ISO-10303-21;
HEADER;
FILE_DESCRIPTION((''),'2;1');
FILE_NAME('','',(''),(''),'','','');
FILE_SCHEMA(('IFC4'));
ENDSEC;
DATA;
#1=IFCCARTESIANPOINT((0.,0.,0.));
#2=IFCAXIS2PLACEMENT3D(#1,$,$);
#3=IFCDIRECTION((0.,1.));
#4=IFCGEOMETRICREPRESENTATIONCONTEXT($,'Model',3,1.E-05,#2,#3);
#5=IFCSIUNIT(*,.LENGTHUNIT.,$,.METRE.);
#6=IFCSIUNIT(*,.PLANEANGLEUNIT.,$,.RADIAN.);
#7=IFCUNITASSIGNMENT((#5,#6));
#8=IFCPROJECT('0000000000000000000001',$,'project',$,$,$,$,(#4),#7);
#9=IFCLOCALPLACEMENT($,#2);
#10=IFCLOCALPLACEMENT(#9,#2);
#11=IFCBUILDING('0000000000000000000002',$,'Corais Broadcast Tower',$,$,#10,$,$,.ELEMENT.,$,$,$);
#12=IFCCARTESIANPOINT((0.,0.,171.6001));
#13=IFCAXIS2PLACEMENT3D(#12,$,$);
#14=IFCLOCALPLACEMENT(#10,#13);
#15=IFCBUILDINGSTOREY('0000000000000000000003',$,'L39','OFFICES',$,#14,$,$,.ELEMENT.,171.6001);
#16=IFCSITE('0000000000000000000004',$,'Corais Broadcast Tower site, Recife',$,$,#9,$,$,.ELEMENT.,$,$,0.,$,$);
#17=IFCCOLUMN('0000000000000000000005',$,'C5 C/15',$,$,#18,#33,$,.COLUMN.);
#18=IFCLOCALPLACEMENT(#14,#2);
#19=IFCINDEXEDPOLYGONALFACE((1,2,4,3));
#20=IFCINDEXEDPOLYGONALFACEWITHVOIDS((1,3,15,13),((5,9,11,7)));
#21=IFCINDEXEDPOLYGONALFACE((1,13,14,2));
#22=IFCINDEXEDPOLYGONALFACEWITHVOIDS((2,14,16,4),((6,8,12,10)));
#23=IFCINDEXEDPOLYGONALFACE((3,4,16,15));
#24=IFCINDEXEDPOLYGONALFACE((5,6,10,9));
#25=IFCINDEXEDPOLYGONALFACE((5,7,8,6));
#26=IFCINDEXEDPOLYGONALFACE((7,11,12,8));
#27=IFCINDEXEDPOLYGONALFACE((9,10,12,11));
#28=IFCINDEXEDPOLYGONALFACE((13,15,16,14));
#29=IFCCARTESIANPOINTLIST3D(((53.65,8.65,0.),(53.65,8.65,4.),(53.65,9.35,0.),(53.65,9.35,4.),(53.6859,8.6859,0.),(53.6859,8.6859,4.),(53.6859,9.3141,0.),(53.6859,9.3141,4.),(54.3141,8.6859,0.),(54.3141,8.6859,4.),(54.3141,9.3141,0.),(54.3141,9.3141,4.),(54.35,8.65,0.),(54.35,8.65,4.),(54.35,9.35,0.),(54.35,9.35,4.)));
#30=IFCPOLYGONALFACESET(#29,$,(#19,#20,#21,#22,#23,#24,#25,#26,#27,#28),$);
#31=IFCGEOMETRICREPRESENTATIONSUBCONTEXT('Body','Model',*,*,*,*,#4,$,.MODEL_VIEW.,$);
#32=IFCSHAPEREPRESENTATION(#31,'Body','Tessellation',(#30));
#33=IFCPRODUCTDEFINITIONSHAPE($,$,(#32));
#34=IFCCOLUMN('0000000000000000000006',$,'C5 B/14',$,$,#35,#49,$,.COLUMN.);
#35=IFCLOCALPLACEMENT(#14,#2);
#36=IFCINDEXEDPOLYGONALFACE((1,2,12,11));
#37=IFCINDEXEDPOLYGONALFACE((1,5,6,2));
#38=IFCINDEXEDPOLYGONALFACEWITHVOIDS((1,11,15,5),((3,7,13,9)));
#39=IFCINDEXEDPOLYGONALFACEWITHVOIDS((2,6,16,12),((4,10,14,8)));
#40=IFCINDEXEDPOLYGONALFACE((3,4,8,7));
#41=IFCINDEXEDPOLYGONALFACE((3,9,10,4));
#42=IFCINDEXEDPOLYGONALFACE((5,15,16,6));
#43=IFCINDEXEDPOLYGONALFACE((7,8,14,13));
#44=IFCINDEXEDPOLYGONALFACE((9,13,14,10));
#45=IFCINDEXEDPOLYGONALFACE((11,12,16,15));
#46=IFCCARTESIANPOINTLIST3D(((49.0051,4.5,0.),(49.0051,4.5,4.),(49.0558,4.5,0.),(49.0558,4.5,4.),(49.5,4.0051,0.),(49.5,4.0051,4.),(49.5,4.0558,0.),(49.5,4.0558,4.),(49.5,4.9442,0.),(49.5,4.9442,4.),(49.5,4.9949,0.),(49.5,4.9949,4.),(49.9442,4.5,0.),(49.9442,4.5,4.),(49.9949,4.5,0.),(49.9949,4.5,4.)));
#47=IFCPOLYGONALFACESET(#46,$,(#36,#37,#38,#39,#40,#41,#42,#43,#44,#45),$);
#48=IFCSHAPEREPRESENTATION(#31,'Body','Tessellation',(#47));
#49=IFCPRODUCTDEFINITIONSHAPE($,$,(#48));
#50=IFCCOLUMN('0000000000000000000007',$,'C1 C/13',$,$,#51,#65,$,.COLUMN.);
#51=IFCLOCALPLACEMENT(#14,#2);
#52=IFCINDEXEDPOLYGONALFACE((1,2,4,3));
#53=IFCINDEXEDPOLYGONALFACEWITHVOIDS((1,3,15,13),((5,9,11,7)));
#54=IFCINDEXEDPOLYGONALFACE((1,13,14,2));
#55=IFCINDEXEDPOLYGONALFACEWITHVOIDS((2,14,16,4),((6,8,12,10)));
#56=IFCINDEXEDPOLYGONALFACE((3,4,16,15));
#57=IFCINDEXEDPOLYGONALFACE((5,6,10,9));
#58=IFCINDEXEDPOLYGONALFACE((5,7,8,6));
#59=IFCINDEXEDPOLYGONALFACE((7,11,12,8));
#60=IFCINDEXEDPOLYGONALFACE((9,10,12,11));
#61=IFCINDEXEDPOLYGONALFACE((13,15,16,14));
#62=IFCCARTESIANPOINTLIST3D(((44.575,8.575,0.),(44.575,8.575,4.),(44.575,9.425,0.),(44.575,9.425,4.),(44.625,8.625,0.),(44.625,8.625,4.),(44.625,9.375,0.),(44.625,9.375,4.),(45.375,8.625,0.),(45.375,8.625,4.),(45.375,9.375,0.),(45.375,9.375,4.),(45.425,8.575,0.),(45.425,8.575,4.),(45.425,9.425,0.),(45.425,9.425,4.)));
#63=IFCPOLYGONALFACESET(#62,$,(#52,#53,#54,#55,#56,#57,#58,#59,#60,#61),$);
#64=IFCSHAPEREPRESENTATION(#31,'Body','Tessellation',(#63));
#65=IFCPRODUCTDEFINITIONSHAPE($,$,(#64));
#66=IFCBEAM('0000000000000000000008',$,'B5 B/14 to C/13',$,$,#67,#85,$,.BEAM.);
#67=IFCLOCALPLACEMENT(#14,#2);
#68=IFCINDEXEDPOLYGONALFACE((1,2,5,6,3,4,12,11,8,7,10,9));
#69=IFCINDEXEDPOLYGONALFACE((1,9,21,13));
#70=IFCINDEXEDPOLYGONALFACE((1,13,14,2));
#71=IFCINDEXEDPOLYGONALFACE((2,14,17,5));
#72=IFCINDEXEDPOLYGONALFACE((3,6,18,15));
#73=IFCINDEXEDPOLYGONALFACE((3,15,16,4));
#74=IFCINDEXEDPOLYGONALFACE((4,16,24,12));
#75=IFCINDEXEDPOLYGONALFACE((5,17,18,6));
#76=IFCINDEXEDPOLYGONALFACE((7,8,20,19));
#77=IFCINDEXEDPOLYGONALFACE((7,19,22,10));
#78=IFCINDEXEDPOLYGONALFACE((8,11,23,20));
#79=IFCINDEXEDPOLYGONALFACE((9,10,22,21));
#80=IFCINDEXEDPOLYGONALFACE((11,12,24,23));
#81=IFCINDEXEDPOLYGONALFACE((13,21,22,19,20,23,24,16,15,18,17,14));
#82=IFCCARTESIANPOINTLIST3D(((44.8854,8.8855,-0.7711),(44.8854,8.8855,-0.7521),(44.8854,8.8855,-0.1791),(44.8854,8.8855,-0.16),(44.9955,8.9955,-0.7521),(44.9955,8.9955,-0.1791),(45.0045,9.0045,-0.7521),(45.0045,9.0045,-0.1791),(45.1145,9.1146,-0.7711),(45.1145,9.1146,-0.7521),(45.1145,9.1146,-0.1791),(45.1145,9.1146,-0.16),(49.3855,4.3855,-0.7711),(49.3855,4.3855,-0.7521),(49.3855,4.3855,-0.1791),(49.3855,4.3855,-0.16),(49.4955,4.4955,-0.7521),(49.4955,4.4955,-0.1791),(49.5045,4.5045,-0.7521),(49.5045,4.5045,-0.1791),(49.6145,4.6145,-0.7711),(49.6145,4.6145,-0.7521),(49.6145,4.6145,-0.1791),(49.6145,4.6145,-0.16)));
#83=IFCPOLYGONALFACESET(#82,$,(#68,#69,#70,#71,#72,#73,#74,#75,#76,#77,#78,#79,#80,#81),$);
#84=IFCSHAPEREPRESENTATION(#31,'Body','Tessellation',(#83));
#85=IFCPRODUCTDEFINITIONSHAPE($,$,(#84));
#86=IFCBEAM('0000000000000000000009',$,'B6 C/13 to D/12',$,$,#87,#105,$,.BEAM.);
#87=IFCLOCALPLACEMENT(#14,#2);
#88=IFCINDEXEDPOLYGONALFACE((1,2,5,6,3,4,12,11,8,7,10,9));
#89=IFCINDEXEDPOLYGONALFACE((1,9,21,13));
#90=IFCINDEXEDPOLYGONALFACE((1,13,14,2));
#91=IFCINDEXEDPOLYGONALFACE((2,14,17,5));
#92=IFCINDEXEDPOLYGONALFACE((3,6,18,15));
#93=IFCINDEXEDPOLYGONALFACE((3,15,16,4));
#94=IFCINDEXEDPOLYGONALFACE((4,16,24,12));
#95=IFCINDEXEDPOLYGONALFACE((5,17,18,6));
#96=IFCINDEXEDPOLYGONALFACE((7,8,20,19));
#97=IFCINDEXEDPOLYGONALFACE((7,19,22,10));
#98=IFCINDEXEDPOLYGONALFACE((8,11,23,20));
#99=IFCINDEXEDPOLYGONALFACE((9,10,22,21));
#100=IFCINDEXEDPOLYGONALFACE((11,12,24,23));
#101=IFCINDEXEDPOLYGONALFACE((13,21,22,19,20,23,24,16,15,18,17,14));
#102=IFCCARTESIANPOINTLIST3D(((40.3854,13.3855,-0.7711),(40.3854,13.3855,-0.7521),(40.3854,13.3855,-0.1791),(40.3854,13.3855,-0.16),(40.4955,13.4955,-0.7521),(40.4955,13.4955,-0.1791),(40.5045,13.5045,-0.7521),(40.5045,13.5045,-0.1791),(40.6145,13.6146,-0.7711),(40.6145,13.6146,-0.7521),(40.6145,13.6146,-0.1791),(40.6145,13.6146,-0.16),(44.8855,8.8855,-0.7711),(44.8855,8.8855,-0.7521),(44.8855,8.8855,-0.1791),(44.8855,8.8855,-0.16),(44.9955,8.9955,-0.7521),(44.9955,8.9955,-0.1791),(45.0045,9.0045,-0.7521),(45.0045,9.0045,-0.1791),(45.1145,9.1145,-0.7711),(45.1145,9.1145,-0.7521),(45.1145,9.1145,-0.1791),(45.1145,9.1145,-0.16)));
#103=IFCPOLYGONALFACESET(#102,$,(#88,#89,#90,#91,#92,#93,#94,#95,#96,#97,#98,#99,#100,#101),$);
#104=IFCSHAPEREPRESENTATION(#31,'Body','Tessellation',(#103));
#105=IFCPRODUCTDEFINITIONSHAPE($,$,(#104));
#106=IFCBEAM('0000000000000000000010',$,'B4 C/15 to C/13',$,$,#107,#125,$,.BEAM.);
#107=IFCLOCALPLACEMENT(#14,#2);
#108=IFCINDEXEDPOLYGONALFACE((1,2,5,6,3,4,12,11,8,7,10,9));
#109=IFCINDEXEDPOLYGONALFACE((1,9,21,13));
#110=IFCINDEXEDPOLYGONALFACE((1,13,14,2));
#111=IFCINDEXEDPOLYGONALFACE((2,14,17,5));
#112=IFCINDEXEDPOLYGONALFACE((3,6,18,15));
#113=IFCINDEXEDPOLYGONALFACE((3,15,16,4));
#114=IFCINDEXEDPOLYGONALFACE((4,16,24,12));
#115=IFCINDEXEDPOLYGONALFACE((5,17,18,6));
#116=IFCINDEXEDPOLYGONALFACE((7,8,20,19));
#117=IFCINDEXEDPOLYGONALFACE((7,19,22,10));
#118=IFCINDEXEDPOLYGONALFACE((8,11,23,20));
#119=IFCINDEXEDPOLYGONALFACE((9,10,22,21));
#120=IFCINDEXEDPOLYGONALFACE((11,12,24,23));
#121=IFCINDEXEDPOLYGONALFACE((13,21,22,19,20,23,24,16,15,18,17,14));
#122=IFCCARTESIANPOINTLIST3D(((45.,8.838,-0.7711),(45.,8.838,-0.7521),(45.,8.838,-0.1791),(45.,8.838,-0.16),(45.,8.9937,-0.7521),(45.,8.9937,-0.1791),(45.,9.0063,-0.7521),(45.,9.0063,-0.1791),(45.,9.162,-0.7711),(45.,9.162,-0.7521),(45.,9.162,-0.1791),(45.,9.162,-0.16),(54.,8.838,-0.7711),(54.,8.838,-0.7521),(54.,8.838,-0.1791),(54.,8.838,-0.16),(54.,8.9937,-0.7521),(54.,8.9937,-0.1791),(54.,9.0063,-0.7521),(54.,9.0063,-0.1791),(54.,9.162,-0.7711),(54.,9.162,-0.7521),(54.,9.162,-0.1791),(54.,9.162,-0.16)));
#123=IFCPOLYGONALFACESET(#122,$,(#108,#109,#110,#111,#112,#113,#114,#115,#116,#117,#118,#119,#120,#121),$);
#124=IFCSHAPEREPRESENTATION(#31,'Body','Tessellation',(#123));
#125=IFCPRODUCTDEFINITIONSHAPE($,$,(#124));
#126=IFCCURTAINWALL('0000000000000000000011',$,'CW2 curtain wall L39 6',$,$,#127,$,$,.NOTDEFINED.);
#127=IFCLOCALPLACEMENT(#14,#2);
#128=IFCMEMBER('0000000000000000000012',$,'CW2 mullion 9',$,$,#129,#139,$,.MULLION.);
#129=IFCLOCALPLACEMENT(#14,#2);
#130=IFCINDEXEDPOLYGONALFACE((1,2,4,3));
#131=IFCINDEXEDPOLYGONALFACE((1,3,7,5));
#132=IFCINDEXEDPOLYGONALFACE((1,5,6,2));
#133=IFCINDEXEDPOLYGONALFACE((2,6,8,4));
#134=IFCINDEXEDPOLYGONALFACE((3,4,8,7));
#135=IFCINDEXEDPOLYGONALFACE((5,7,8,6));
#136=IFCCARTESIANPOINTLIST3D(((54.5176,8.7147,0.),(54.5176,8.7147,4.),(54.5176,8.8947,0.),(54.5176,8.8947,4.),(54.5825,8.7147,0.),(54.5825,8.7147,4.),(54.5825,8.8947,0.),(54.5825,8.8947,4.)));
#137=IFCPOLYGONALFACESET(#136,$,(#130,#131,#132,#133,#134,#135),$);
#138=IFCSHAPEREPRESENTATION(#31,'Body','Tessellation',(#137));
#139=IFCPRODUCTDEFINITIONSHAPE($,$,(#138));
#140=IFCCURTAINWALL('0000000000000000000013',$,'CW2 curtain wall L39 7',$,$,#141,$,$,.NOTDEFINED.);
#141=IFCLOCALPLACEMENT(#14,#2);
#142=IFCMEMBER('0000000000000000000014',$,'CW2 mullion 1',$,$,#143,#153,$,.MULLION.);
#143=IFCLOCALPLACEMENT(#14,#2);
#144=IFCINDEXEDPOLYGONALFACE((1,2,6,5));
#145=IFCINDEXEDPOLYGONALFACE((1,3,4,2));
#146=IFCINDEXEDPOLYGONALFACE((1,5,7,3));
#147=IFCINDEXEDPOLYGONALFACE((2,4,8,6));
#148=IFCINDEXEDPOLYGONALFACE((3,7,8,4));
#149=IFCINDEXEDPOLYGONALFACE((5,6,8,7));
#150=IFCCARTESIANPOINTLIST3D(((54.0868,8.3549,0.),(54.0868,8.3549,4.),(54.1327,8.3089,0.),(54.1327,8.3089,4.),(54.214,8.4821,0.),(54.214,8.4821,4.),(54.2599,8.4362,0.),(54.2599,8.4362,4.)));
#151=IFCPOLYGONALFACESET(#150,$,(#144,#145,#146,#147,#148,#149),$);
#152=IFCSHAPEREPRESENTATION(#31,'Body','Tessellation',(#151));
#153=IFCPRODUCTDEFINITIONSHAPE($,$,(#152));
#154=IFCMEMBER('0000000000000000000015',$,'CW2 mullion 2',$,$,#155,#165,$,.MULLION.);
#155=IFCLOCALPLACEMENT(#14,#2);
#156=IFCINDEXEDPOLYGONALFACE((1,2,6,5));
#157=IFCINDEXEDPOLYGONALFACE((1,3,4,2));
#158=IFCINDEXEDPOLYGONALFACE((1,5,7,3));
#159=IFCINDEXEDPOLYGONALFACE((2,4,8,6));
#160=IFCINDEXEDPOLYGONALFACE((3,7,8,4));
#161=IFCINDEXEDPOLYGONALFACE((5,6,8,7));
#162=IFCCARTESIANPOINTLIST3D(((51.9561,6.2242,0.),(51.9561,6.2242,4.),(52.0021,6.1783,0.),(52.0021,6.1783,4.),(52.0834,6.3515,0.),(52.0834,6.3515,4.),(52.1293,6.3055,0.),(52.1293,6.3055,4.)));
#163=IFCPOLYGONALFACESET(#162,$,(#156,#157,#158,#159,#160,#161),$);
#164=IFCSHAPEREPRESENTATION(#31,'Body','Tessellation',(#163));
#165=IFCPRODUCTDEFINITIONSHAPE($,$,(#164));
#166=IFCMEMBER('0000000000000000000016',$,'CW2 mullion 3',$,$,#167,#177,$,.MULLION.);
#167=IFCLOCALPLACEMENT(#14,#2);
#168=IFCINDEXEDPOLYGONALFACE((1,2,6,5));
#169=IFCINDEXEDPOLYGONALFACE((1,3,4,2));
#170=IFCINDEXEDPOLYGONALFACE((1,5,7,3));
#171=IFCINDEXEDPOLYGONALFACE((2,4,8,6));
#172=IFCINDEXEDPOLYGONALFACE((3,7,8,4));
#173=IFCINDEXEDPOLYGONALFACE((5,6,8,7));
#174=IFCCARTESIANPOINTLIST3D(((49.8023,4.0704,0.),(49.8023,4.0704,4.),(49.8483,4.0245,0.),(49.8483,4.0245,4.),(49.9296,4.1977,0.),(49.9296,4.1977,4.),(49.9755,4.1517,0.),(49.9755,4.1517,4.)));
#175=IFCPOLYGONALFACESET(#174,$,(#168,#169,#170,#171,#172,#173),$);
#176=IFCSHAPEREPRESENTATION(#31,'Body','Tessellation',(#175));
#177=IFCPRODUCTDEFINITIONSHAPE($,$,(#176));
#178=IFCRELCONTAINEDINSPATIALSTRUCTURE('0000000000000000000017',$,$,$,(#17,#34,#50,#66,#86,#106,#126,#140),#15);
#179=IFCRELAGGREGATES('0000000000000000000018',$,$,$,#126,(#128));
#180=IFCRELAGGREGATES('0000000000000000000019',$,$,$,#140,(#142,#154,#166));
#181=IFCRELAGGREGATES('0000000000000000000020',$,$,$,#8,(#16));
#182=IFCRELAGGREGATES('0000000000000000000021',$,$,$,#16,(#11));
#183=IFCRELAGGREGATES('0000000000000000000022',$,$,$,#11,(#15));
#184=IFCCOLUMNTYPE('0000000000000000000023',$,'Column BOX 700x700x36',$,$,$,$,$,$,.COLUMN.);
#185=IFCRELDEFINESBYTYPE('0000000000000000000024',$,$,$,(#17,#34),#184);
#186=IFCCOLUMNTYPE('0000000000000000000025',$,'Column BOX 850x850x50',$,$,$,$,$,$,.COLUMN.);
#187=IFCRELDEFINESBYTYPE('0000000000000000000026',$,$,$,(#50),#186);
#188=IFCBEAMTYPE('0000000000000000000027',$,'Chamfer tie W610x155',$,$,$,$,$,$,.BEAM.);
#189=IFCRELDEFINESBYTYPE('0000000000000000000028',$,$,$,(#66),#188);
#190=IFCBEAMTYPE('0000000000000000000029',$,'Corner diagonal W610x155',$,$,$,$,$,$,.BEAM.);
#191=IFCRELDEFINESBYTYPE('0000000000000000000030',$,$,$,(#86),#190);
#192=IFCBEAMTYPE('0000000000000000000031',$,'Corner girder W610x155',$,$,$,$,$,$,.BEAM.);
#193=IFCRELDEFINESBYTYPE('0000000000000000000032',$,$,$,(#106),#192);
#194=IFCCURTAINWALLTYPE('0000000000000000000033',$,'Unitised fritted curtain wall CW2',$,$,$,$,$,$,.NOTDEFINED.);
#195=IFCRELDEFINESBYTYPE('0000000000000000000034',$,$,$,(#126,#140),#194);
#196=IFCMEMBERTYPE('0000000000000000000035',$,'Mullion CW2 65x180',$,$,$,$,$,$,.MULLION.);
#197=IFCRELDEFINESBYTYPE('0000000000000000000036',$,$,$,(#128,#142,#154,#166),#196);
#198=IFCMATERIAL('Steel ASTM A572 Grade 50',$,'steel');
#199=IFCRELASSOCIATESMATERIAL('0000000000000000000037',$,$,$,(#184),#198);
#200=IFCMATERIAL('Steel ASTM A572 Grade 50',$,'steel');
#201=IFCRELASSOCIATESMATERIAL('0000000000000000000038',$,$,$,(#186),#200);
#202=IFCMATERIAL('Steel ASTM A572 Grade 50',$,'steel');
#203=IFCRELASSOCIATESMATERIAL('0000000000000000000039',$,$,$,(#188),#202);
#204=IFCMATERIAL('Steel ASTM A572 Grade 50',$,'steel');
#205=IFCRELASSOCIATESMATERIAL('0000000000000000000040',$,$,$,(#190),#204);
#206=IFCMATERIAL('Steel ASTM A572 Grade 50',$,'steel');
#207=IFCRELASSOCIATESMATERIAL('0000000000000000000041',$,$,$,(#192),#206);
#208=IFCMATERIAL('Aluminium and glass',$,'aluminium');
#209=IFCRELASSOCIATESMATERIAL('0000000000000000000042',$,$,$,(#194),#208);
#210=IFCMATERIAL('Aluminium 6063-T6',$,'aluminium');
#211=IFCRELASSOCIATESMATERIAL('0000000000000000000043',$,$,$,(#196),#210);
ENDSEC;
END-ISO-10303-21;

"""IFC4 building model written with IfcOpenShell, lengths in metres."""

from ifc_helpers import new_model, si_unit, direction, frame, origin, origin_2d, place, context, subcontext, project, spatial, rectangle, hollow_rectangle, i_section, extrude, material, material_profile, profile_set, type_object, element, aggregate, save


model = new_model("IFC4")

# Units and contexts
model_context = context("Model", 3, precision=1e-05, world=origin(), true_north=direction((0.0, 1.0)))
body_context = subcontext(model_context, "Body", "Model", "MODEL_VIEW")
ifc_project = project(units=[si_unit("LENGTHUNIT", "METRE"), si_unit("PLANEANGLEUNIT", "RADIAN")], contexts=[model_context])

# Site, building, storey
site_placement = place(None, origin())
site = spatial("IfcSite", under=ifc_project, at=site_placement, Name="Corais Broadcast Tower site, Recife", CompositionType="ELEMENT", RefElevation=0.0)
building_placement = place(site_placement, origin())
building = spatial("IfcBuilding", under=site, at=building_placement, Name="Corais Broadcast Tower", CompositionType="ELEMENT")
storey_placement = place(building_placement, frame((0.0, 0.0, 171.6001)))
storey = spatial("IfcBuildingStorey", under=building, at=storey_placement, Name="L39", Description="OFFICES", CompositionType="ELEMENT", Elevation=171.6001)

# Columns
ifc_material_1 = material(Name="Steel ASTM A572 Grade 50", Category="steel")
ifc_material_profile_1 = material_profile(ifc_material_1, hollow_rectangle(XDim=0.7, YDim=0.7, WallThickness=0.0359, at=origin_2d()), Name="BOX 700x700x36")
ifc_profile_set_1 = profile_set([ifc_material_profile_1], Name="Steel ASTM A572 Grade 50")
column_type_1 = type_object("IfcColumnType", Name="Column BOX 700x700x36", PredefinedType="COLUMN", material=ifc_profile_set_1)
for number, where, z_axis, x_axis, name in (
    (1, (54.0, 9.0, 0.0), (0.0, 0.0, 1.0), (1.0, 0.0, 0.0), "C5 C/15"),
    (2, (49.5, 4.5, 0.0), (0.0, 0.0, 1.0), (0.707107, 0.707107, 0.0), "C5 B/14"),
):
    element("IfcColumn", number, at=place(storey_placement, frame(where, z_axis=z_axis, x_axis=x_axis)), inside=storey, type_object=column_type_1, Name=name, PredefinedType="COLUMN", context=body_context, shape_type="SweptSolid", body=[
        extrude(hollow_rectangle(XDim=0.7, YDim=0.7, WallThickness=0.0359, at=origin_2d()), origin(), (0.0, 0.0, 1.0), 4.0),
    ])
ifc_material_2 = material(Name="Steel ASTM A572 Grade 50", Category="steel")
ifc_material_profile_2 = material_profile(ifc_material_2, hollow_rectangle(XDim=0.8501, YDim=0.8501, WallThickness=0.05, at=origin_2d()), Name="BOX 850x850x50")
ifc_profile_set_2 = profile_set([ifc_material_profile_2], Name="Steel ASTM A572 Grade 50")
column_type_2 = type_object("IfcColumnType", Name="Column BOX 850x850x50", PredefinedType="COLUMN", material=ifc_profile_set_2)
column_placement = place(storey_placement, frame((45.0, 9.0, 0.0), z_axis=(0.0, 0.0, 1.0), x_axis=(1.0, 0.0, 0.0)))
element("IfcColumn", 3, at=column_placement, inside=storey, type_object=column_type_2, Name="C1 C/13", PredefinedType="COLUMN", context=body_context, shape_type="SweptSolid", body=[
    extrude(hollow_rectangle(XDim=0.8501, YDim=0.8501, WallThickness=0.05, at=origin_2d()), origin(), (0.0, 0.0, 1.0), 4.0),
])

# Beams
ifc_material_3 = material(Name="Steel ASTM A572 Grade 50", Category="steel")
ifc_material_profile_3 = material_profile(ifc_material_3, i_section(OverallWidth=0.324, OverallDepth=0.6111, WebThickness=0.0127, FlangeThickness=0.019, at=origin_2d()), Name="W610x155")
ifc_profile_set_3 = profile_set([ifc_material_profile_3], Name="Steel ASTM A572 Grade 50")
beam_type_1 = type_object("IfcBeamType", Name="Chamfer tie W610x155", PredefinedType="BEAM", material=ifc_profile_set_3)
beam_1_placement = place(storey_placement, frame((49.5, 4.5, -0.4656), z_axis=(-0.707107, 0.707107, 0.0), x_axis=(-0.707107, -0.707107, 0.0)))
element("IfcBeam", 4, at=beam_1_placement, inside=storey, type_object=beam_type_1, Name="B5 B/14 to C/13", PredefinedType="BEAM", context=body_context, shape_type="SweptSolid", body=[
    extrude(i_section(OverallWidth=0.324, OverallDepth=0.6111, WebThickness=0.0127, FlangeThickness=0.019, at=origin_2d()), origin(), (0.0, 0.0, 1.0), 6.364),
])
ifc_material_4 = material(Name="Steel ASTM A572 Grade 50", Category="steel")
ifc_material_profile_4 = material_profile(ifc_material_4, i_section(OverallWidth=0.324, OverallDepth=0.6111, WebThickness=0.0127, FlangeThickness=0.019, at=origin_2d()), Name="W610x155")
ifc_profile_set_4 = profile_set([ifc_material_profile_4], Name="Steel ASTM A572 Grade 50")
beam_type_2 = type_object("IfcBeamType", Name="Corner diagonal W610x155", PredefinedType="BEAM", material=ifc_profile_set_4)
beam_2_placement = place(storey_placement, frame((45.0, 9.0, -0.4656), z_axis=(-0.707107, 0.707107, 0.0), x_axis=(-0.707107, -0.707107, 0.0)))
element("IfcBeam", 5, at=beam_2_placement, inside=storey, type_object=beam_type_2, Name="B6 C/13 to D/12", PredefinedType="BEAM", context=body_context, shape_type="SweptSolid", body=[
    extrude(i_section(OverallWidth=0.324, OverallDepth=0.6111, WebThickness=0.0127, FlangeThickness=0.019, at=origin_2d()), origin(), (0.0, 0.0, 1.0), 6.364),
])
ifc_material_5 = material(Name="Steel ASTM A572 Grade 50", Category="steel")
ifc_material_profile_5 = material_profile(ifc_material_5, i_section(OverallWidth=0.324, OverallDepth=0.6111, WebThickness=0.0127, FlangeThickness=0.019, at=origin_2d()), Name="W610x155")
ifc_profile_set_5 = profile_set([ifc_material_profile_5], Name="Steel ASTM A572 Grade 50")
beam_type_3 = type_object("IfcBeamType", Name="Corner girder W610x155", PredefinedType="BEAM", material=ifc_profile_set_5)
beam_3_placement = place(storey_placement, frame((54.0, 9.0, -0.4656), z_axis=(-1.0, 0.0, 0.0), x_axis=(0.0, -1.0, 0.0)))
element("IfcBeam", 6, at=beam_3_placement, inside=storey, type_object=beam_type_3, Name="B4 C/15 to C/13", PredefinedType="BEAM", context=body_context, shape_type="SweptSolid", body=[
    extrude(i_section(OverallWidth=0.324, OverallDepth=0.6111, WebThickness=0.0127, FlangeThickness=0.019, at=origin_2d()), origin(), (0.0, 0.0, 1.0), 9.0),
])

# Curtain wall, member
ifc_material_6 = material(Name="Aluminium and glass", Category="aluminium")
curtain_wall_type = type_object("IfcCurtainWallType", Name="Unitised fritted curtain wall CW2", PredefinedType="NOTDEFINED", material=ifc_material_6)
curtain_wall_1_placement = place(storey_placement, origin())
curtain_wall_1 = element("IfcCurtainWall", 7, at=curtain_wall_1_placement, inside=storey, type_object=curtain_wall_type, Name="CW2 curtain wall L39 6", PredefinedType="NOTDEFINED")
ifc_material_7 = material(Name="Aluminium 6063-T6", Category="aluminium")
ifc_material_profile_6 = material_profile(ifc_material_7, rectangle(XDim=0.0649, YDim=0.1799, at=origin_2d()), Name="Mullion CW2 65x180")
ifc_profile_set_6 = profile_set([ifc_material_profile_6], Name="Aluminium 6063-T6")
member_type_1 = type_object("IfcMemberType", Name="Mullion CW2 65x180", PredefinedType="MULLION", material=ifc_profile_set_6)
member_1_placement = place(storey_placement, frame((54.55, 8.8047, 0.0), z_axis=(0.0, 0.0, 1.0), x_axis=(1.0, 0.0, 0.0)))
member_1 = element("IfcMember", 8, at=member_1_placement, type_object=member_type_1, Name="CW2 mullion 9", PredefinedType="MULLION", context=body_context, shape_type="SweptSolid", body=[
    extrude(rectangle(XDim=0.0649, YDim=0.1799, at=origin_2d()), origin(), (0.0, 0.0, 1.0), 4.0),
])
aggregate(curtain_wall_1, [member_1])

# Curtain wall, members
curtain_wall_2_placement = place(storey_placement, origin())
curtain_wall_2 = element("IfcCurtainWall", 9, at=curtain_wall_2_placement, inside=storey, type_object=curtain_wall_type, Name="CW2 curtain wall L39 7", PredefinedType="NOTDEFINED")
member_2_placement = place(storey_placement, frame((54.1733, 8.3955, 0.0), z_axis=(0.0, 0.0, 1.0), x_axis=(0.707107, -0.707107, 0.0)))
member_2 = element("IfcMember", 10, at=member_2_placement, type_object=member_type_1, Name="CW2 mullion 1", PredefinedType="MULLION", context=body_context, shape_type="SweptSolid", body=[
    extrude(rectangle(XDim=0.0649, YDim=0.1799, at=origin_2d()), origin(), (0.0, 0.0, 1.0), 4.0),
])
member_3_placement = place(storey_placement, frame((52.0427, 6.2649, 0.0), z_axis=(0.0, 0.0, 1.0), x_axis=(0.707107, -0.707107, 0.0)))
member_3 = element("IfcMember", 11, at=member_3_placement, type_object=member_type_1, Name="CW2 mullion 2", PredefinedType="MULLION", context=body_context, shape_type="SweptSolid", body=[
    extrude(rectangle(XDim=0.0649, YDim=0.1799, at=origin_2d()), origin(), (0.0, 0.0, 1.0), 4.0),
])
member_4_placement = place(storey_placement, frame((49.8889, 4.1111, 0.0), z_axis=(0.0, 0.0, 1.0), x_axis=(0.707107, -0.707107, 0.0)))
member_4 = element("IfcMember", 12, at=member_4_placement, type_object=member_type_1, Name="CW2 mullion 3", PredefinedType="MULLION", context=body_context, shape_type="SweptSolid", body=[
    extrude(rectangle(XDim=0.0649, YDim=0.1799, at=origin_2d()), origin(), (0.0, 0.0, 1.0), 4.0),
])

aggregate(curtain_wall_2, [member_2, member_3, member_4])

save(model, "model.ifc")
